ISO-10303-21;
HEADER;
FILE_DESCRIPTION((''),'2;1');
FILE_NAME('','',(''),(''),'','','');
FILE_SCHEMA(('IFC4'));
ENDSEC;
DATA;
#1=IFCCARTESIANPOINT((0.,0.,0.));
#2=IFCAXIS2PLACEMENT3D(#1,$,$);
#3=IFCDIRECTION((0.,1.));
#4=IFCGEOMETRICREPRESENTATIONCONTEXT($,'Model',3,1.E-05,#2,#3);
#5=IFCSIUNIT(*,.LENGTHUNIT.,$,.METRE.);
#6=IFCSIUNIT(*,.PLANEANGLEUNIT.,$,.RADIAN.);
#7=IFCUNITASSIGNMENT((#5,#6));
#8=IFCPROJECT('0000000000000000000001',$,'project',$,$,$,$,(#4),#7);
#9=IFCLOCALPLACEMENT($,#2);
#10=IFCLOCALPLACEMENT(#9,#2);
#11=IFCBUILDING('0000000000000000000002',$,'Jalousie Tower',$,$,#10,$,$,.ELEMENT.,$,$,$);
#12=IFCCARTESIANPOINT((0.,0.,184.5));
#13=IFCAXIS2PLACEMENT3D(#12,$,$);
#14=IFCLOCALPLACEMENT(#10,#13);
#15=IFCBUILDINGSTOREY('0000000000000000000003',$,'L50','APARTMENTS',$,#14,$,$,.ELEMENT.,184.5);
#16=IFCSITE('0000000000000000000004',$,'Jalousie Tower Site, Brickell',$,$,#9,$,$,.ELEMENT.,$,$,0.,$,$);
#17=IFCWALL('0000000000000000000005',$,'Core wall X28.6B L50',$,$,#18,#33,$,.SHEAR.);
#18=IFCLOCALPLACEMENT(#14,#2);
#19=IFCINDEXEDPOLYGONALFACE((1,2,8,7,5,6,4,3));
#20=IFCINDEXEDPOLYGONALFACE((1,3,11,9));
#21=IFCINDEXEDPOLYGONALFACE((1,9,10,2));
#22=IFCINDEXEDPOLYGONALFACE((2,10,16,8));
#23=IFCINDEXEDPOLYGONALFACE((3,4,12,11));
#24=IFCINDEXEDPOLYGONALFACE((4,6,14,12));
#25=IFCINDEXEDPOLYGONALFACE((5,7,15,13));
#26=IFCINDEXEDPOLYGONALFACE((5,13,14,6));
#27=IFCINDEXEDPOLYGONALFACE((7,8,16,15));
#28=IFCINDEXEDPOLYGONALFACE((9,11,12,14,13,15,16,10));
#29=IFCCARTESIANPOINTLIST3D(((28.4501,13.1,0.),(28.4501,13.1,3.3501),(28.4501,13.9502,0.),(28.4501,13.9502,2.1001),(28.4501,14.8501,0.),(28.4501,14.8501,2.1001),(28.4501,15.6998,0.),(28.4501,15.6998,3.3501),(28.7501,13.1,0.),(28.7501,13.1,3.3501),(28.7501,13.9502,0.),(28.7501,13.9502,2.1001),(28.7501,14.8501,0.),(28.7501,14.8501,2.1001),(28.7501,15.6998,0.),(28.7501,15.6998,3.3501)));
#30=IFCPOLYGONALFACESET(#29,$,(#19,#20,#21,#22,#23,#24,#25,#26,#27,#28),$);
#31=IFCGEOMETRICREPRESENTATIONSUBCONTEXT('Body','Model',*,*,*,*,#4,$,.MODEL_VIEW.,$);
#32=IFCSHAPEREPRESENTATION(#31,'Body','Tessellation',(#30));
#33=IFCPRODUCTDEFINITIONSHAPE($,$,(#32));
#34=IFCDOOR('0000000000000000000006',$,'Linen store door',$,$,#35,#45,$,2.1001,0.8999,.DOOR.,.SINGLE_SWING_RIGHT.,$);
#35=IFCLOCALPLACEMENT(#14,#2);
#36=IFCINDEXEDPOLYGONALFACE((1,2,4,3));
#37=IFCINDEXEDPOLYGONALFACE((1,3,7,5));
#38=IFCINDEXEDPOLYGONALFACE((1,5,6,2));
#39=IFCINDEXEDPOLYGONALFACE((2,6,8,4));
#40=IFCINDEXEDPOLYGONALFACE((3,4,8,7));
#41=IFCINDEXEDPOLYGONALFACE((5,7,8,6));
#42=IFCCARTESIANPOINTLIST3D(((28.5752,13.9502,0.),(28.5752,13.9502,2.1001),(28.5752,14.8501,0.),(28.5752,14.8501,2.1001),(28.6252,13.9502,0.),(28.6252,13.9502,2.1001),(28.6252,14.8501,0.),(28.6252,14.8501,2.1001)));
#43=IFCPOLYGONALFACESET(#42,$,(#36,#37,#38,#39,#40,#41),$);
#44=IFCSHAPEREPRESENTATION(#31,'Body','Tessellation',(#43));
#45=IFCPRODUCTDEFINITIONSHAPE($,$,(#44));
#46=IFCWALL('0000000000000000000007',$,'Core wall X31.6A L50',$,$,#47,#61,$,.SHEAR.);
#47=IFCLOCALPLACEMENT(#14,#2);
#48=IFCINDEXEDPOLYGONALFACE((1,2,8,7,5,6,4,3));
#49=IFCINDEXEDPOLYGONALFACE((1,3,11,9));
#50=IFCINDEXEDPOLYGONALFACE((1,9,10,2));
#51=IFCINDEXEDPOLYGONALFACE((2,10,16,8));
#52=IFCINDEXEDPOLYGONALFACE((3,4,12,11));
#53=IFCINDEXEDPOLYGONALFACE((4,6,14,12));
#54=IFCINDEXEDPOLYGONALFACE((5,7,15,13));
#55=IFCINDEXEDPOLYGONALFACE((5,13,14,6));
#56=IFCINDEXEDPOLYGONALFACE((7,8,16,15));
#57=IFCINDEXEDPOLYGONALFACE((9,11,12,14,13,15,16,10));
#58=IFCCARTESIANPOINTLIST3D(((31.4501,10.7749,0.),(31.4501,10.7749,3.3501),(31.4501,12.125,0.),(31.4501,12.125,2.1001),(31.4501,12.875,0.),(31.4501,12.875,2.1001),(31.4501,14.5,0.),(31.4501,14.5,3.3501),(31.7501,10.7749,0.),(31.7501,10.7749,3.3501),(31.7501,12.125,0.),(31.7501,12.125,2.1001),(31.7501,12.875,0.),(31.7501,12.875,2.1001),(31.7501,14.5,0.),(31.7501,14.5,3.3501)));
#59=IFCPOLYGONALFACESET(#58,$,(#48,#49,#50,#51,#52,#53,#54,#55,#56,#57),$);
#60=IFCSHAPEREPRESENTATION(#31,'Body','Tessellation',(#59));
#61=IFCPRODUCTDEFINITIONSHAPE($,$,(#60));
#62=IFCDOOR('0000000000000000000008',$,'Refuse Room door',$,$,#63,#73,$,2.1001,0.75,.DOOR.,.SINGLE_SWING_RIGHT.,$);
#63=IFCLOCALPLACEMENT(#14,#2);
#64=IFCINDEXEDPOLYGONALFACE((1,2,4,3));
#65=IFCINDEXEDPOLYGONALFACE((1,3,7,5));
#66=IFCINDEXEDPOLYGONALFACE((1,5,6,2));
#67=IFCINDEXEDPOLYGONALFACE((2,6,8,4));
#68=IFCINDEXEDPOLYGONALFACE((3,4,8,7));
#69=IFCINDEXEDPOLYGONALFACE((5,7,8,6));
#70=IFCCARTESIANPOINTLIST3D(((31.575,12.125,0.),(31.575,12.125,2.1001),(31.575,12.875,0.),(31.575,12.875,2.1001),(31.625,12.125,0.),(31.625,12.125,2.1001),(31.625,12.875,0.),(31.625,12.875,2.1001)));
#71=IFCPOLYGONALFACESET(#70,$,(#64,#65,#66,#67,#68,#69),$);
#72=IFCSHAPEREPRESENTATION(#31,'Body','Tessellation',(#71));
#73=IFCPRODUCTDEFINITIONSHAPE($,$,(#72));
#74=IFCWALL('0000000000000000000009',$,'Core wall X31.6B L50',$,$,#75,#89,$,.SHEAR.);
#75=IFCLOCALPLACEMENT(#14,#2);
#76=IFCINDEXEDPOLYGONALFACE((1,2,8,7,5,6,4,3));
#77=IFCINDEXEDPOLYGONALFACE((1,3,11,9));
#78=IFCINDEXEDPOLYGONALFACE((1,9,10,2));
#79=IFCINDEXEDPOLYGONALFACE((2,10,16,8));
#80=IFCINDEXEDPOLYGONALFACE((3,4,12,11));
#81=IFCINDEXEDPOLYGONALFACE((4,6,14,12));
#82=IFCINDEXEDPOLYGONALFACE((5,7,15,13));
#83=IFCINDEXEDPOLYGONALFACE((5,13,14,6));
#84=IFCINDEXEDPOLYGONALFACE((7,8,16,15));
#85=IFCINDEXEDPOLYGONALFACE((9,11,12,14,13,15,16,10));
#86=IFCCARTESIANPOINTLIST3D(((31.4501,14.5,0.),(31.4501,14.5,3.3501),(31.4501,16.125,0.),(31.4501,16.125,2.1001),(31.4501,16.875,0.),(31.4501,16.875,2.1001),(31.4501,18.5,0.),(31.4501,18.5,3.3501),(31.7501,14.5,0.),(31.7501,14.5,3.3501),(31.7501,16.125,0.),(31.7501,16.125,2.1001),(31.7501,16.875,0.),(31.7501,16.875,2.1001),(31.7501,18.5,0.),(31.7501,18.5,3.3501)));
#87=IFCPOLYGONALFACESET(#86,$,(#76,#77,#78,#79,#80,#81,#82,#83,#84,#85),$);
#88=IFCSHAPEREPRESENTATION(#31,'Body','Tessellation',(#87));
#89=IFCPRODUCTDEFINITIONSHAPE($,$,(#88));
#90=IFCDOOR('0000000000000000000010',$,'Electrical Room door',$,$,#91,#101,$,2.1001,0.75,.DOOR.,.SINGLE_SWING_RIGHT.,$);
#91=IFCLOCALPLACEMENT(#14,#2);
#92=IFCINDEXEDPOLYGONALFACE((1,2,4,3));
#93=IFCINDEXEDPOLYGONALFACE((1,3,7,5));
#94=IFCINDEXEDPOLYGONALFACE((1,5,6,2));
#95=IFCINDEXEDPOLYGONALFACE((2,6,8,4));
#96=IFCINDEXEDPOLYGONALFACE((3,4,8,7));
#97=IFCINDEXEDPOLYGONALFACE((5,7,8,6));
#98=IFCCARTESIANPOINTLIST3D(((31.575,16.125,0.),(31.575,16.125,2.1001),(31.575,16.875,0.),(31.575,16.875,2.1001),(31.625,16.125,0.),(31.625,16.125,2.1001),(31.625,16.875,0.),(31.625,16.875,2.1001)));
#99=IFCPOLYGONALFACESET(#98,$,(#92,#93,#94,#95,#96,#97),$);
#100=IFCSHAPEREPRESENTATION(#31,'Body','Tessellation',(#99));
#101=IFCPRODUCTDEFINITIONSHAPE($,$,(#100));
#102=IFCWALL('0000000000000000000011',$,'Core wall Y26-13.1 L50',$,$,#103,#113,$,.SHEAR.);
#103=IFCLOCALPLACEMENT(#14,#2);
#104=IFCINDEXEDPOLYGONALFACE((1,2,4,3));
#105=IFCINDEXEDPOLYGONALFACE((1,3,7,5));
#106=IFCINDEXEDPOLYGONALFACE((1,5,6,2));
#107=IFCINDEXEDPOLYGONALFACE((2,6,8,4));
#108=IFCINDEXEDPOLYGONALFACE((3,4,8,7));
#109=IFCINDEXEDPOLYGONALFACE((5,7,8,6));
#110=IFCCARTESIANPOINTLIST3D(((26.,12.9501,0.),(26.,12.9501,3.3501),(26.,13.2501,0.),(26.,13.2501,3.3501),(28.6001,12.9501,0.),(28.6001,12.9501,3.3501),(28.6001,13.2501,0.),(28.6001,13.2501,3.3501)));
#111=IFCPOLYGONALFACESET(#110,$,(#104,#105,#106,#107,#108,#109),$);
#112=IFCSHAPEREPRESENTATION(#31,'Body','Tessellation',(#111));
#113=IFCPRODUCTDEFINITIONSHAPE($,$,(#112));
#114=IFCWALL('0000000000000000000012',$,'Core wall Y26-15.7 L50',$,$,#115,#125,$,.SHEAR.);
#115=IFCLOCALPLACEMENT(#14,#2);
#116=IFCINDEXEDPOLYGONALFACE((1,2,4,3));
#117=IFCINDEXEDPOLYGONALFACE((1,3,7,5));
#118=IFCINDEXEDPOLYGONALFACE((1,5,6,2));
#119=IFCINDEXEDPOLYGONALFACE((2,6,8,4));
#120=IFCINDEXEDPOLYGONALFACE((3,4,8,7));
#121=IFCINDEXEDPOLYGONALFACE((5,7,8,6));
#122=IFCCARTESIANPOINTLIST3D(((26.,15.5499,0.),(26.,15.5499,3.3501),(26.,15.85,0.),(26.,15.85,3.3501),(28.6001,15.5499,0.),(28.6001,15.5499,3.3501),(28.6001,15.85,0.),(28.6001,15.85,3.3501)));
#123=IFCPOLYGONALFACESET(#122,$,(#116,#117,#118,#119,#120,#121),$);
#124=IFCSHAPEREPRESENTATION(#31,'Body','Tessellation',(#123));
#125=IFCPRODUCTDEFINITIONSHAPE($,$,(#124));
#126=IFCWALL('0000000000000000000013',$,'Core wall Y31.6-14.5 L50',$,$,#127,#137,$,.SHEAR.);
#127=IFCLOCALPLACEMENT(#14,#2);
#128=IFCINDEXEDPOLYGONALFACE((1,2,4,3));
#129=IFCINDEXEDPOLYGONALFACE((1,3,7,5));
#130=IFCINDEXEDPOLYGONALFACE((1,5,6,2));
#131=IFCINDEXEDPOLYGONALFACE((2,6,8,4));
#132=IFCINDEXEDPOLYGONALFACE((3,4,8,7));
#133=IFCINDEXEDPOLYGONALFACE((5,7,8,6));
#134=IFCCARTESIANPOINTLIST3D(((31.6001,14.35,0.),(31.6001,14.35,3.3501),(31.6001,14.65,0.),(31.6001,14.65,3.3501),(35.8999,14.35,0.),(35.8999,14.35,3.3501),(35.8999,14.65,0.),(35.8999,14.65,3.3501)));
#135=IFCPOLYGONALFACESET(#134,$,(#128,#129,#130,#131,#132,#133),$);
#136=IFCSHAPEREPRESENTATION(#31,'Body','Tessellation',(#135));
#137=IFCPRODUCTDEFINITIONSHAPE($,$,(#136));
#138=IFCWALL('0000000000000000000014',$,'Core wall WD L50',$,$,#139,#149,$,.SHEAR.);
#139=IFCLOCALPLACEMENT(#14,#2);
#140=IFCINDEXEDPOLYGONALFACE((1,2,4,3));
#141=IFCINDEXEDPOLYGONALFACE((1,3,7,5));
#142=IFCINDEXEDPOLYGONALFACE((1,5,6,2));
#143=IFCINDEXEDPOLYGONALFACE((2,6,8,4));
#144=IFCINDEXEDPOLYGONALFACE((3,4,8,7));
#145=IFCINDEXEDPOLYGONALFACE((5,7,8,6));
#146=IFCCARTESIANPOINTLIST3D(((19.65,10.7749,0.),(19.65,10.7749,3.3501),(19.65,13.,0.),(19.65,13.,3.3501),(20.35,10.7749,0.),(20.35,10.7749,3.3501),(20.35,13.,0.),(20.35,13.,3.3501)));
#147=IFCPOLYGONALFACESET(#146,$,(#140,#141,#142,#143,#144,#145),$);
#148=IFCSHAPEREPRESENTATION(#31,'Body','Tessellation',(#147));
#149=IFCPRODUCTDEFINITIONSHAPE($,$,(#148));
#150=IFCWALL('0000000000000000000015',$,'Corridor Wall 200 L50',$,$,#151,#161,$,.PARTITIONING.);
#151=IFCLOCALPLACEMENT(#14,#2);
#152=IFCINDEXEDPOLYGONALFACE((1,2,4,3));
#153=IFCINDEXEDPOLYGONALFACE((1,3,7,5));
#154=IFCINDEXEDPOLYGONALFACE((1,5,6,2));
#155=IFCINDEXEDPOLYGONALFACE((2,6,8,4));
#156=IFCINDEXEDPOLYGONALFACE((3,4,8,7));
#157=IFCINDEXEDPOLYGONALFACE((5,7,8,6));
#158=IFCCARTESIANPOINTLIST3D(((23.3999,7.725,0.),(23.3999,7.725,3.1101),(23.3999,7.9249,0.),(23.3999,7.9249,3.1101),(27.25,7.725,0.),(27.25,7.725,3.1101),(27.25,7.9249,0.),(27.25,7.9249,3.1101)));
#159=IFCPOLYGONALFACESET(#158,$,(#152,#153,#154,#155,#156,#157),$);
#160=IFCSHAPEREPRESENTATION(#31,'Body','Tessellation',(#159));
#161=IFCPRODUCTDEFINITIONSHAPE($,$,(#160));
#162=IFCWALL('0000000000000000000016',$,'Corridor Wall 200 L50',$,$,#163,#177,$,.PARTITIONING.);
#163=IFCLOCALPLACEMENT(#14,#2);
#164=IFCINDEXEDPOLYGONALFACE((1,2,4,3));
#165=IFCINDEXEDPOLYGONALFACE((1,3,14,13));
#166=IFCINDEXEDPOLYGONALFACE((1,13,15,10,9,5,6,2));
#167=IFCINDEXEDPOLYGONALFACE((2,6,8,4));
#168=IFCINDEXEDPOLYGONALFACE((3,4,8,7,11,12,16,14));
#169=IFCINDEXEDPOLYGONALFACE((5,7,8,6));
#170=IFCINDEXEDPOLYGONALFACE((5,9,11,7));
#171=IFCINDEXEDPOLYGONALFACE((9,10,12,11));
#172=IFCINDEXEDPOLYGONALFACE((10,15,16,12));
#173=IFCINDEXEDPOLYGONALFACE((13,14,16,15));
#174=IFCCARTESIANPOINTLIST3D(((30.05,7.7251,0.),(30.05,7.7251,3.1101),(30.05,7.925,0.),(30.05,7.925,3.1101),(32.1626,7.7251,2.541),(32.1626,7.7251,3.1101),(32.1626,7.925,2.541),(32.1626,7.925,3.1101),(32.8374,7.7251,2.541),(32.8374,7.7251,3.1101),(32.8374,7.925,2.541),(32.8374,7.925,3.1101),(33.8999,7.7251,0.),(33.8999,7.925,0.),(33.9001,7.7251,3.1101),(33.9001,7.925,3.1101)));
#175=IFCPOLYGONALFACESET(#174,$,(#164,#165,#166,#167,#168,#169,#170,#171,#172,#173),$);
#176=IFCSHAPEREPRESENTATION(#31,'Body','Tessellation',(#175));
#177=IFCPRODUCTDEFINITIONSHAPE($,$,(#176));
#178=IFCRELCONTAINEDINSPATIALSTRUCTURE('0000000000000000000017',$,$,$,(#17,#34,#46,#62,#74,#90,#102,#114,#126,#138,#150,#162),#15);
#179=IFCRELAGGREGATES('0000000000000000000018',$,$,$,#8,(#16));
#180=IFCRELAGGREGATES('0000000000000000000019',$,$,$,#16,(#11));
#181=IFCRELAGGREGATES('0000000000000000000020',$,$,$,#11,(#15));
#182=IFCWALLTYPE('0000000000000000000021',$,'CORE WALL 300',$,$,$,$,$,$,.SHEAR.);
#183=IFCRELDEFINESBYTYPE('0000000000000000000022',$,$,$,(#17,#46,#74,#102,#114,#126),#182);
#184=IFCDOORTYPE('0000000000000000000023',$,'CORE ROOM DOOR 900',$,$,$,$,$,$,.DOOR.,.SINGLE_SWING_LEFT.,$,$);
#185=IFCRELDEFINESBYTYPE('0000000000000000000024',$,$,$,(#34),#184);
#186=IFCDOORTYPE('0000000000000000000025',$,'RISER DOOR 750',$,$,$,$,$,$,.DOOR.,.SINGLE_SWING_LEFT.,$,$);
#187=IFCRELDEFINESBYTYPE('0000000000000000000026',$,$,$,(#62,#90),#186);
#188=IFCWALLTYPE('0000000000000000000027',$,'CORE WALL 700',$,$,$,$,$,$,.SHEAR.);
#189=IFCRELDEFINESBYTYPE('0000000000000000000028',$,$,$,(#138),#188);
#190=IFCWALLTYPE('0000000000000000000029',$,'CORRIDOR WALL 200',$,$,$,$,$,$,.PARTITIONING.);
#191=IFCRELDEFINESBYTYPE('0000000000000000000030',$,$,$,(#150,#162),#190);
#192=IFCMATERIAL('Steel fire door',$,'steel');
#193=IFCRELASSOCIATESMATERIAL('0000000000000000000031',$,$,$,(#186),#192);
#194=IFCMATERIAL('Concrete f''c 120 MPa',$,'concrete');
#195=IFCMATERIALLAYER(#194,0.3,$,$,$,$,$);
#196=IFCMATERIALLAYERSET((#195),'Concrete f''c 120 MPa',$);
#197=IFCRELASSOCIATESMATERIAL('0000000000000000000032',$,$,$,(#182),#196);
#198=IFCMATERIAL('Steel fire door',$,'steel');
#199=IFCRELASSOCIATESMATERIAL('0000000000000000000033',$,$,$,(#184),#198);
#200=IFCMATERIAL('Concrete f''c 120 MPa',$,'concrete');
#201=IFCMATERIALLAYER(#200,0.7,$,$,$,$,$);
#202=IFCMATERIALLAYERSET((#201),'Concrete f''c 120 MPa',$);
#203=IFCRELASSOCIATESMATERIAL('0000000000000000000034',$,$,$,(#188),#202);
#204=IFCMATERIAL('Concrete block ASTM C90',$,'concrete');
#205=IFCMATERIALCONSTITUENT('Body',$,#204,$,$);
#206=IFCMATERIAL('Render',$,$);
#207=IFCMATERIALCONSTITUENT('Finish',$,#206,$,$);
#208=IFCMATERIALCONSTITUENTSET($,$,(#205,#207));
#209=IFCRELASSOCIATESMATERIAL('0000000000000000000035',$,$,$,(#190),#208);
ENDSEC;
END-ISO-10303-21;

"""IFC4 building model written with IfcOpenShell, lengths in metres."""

from ifc_helpers import new_model, si_unit, direction, frame, frame_2d, origin, place, context, subcontext, project, spatial, polyline, rectangle, outline, extrude, material, layer, layer_set, constituent, constituent_set, type_object, element, fill, save


model = new_model("IFC4")

# Units and contexts
model_context = context("Model", 3, precision=1e-05, world=origin(), true_north=direction((0.0, 1.0)))
body_context = subcontext(model_context, "Body", "Model", "MODEL_VIEW")
ifc_project = project(units=[si_unit("LENGTHUNIT", "METRE"), si_unit("PLANEANGLEUNIT", "RADIAN")], contexts=[model_context])

# Site, building, storey
site_placement = place(None, origin())
site = spatial("IfcSite", under=ifc_project, at=site_placement, Name="Jalousie Tower Site, Brickell", CompositionType="ELEMENT", RefElevation=0.0)
building_placement = place(site_placement, origin())
building = spatial("IfcBuilding", under=site, at=building_placement, Name="Jalousie Tower", CompositionType="ELEMENT")
storey_placement = place(building_placement, frame((0.0, 0.0, 184.5)))
storey = spatial("IfcBuildingStorey", under=building, at=storey_placement, Name="L50", Description="APARTMENTS", CompositionType="ELEMENT", Elevation=184.5)

# Shared definitions
ifc_material_1 = material(Name="Steel fire door", Category="steel")
door_type_1 = type_object("IfcDoorType", Name="RISER DOOR 750", OperationType="SINGLE_SWING_LEFT", PredefinedType="DOOR", material=ifc_material_1)

# Shared definitions
ifc_material_2 = material(Name="Concrete f'c 120 MPa", Category="concrete")
ifc_layer_1 = layer(ifc_material_2, 0.3)
ifc_layer_set_1 = layer_set([ifc_layer_1], Name="Concrete f'c 120 MPa")
wall_type_1 = type_object("IfcWallType", Name="CORE WALL 300", PredefinedType="SHEAR", material=ifc_layer_set_1)

# Walls, openings, doors
ifc_material_3 = material(Name="Steel fire door", Category="steel")
door_type_2 = type_object("IfcDoorType", Name="CORE ROOM DOOR 900", OperationType="SINGLE_SWING_LEFT", PredefinedType="DOOR", material=ifc_material_3)
wall_1_placement = place(storey_placement, frame((28.6001, 13.1001, 0.0), z_axis=(0.0, 0.0, 1.0), x_axis=(0.0, 1.0, 0.0)))
wall_1 = element("IfcWall", 1, at=wall_1_placement, inside=storey, type_object=wall_type_1, Name="Core wall X28.6B L50", PredefinedType="SHEAR", context=body_context, shape_type="SweptSolid", body=[
    extrude(rectangle(XDim=2.5999, YDim=0.3, at=frame_2d((1.2998, 0.0))), origin(), (0.0, 0.0, 1.0), 3.3501),
])
opening_1_placement = place(wall_1_placement, frame((0.8501, 0.0, 0.0)))
opening_1 = element("IfcOpeningElement", 2, at=opening_1_placement, cuts=wall_1, PredefinedType="OPENING", context=body_context, shape_type="SweptSolid", body=[
    extrude(rectangle(XDim=0.8999, YDim=2.1001, at=frame_2d((0.45, 1.05))), frame((0.0, 0.1599, 0.0), z_axis=(0.0, -1.0, 0.0), x_axis=(1.0, 0.0, 0.0)), (0.0, 0.0, 1.0), 0.3201),
])
door_1_placement = place(opening_1_placement, origin())
door_1 = element("IfcDoor", 3, at=door_1_placement, inside=storey, type_object=door_type_2, Name="Linen store door", OperationType="SINGLE_SWING_RIGHT", OverallHeight=2.1001, OverallWidth=0.8999, PredefinedType="DOOR", context=body_context, shape_type="SweptSolid", body=[
    extrude(rectangle(XDim=0.8999, YDim=2.1001, at=frame_2d((0.45, 1.05))), frame((0.0, 0.0249, 0.0), z_axis=(0.0, -1.0, 0.0), x_axis=(1.0, 0.0, 0.0)), (0.0, 0.0, 1.0), 0.05),
])
fill(opening_1, door_1)
wall_2_placement = place(storey_placement, frame((31.6001, 10.7749, 0.0), z_axis=(0.0, 0.0, 1.0), x_axis=(0.0, 1.0, 0.0)))
wall_2 = element("IfcWall", 4, at=wall_2_placement, inside=storey, type_object=wall_type_1, Name="Core wall X31.6A L50", PredefinedType="SHEAR", context=body_context, shape_type="SweptSolid", body=[
    extrude(rectangle(XDim=3.7251, YDim=0.3, at=frame_2d((1.8625, 0.0))), origin(), (0.0, 0.0, 1.0), 3.3501),
])
opening_2_placement = place(wall_2_placement, frame((1.3501, 0.0, 0.0)))
opening_2 = element("IfcOpeningElement", 5, at=opening_2_placement, cuts=wall_2, PredefinedType="OPENING", context=body_context, shape_type="SweptSolid", body=[
    extrude(rectangle(XDim=0.75, YDim=2.1001, at=frame_2d((0.375, 1.05))), frame((0.0, 0.1599, 0.0), z_axis=(0.0, -1.0, 0.0), x_axis=(1.0, 0.0, 0.0)), (0.0, 0.0, 1.0), 0.3201),
])
door_2_placement = place(opening_2_placement, frame((0.75, 0.0, 0.0), z_axis=(0.0, 0.0, 1.0), x_axis=(-1.0, 0.0, 0.0)))
door_2 = element("IfcDoor", 6, at=door_2_placement, inside=storey, type_object=door_type_1, Name="Refuse Room door", OperationType="SINGLE_SWING_RIGHT", OverallHeight=2.1001, OverallWidth=0.75, PredefinedType="DOOR", context=body_context, shape_type="SweptSolid", body=[
    extrude(rectangle(XDim=0.75, YDim=2.1001, at=frame_2d((0.375, 1.05))), frame((0.0, 0.0249, 0.0), z_axis=(0.0, -1.0, 0.0), x_axis=(1.0, 0.0, 0.0)), (0.0, 0.0, 1.0), 0.05),
])
fill(opening_2, door_2)
wall_3_placement = place(storey_placement, frame((31.6001, 14.5, 0.0), z_axis=(0.0, 0.0, 1.0), x_axis=(0.0, 1.0, 0.0)))
wall_3 = element("IfcWall", 7, at=wall_3_placement, inside=storey, type_object=wall_type_1, Name="Core wall X31.6B L50", PredefinedType="SHEAR", context=body_context, shape_type="SweptSolid", body=[
    extrude(rectangle(XDim=4.0, YDim=0.3, at=frame_2d((2.0, 0.0))), origin(), (0.0, 0.0, 1.0), 3.3501),
])
opening_3_placement = place(wall_3_placement, frame((1.625, 0.0, 0.0)))
opening_3 = element("IfcOpeningElement", 8, at=opening_3_placement, cuts=wall_3, PredefinedType="OPENING", context=body_context, shape_type="SweptSolid", body=[
    extrude(rectangle(XDim=0.75, YDim=2.1001, at=frame_2d((0.375, 1.05))), frame((0.0, 0.1599, 0.0), z_axis=(0.0, -1.0, 0.0), x_axis=(1.0, 0.0, 0.0)), (0.0, 0.0, 1.0), 0.3201),
])
door_3_placement = place(opening_3_placement, frame((0.75, 0.0, 0.0), z_axis=(0.0, 0.0, 1.0), x_axis=(-1.0, 0.0, 0.0)))
door_3 = element("IfcDoor", 9, at=door_3_placement, inside=storey, type_object=door_type_1, Name="Electrical Room door", OperationType="SINGLE_SWING_RIGHT", OverallHeight=2.1001, OverallWidth=0.75, PredefinedType="DOOR", context=body_context, shape_type="SweptSolid", body=[
    extrude(rectangle(XDim=0.75, YDim=2.1001, at=frame_2d((0.375, 1.05))), frame((0.0, 0.0249, 0.0), z_axis=(0.0, -1.0, 0.0), x_axis=(1.0, 0.0, 0.0)), (0.0, 0.0, 1.0), 0.05),
])
fill(opening_3, door_3)

# Walls
for number, where, z_axis, x_axis, name in (
    (10, (26.0, 13.1001, 0.0), (0.0, 0.0, 1.0), (1.0, 0.0, 0.0), "Core wall Y26-13.1 L50"),
    (11, (26.0, 15.7, 0.0), (0.0, 0.0, 1.0), (1.0, 0.0, 0.0), "Core wall Y26-15.7 L50"),
):
    element("IfcWall", number, at=place(storey_placement, frame(where, z_axis=z_axis, x_axis=x_axis)), inside=storey, type_object=wall_type_1, Name=name, PredefinedType="SHEAR", context=body_context, shape_type="SweptSolid", body=[
        extrude(rectangle(XDim=2.6001, YDim=0.3, at=frame_2d((1.3, 0.0))), origin(), (0.0, 0.0, 1.0), 3.3501),
    ])
wall_4_placement = place(storey_placement, frame((31.6001, 14.5, 0.0), z_axis=(0.0, 0.0, 1.0), x_axis=(1.0, 0.0, 0.0)))
element("IfcWall", 12, at=wall_4_placement, inside=storey, type_object=wall_type_1, Name="Core wall Y31.6-14.5 L50", PredefinedType="SHEAR", context=body_context, shape_type="SweptSolid", body=[
    extrude(rectangle(XDim=4.2998, YDim=0.3, at=frame_2d((2.1499, 0.0))), origin(), (0.0, 0.0, 1.0), 3.3501),
])
ifc_material_4 = material(Name="Concrete f'c 120 MPa", Category="concrete")
ifc_layer_2 = layer(ifc_material_4, 0.7)
ifc_layer_set_2 = layer_set([ifc_layer_2], Name="Concrete f'c 120 MPa")
wall_type_2 = type_object("IfcWallType", Name="CORE WALL 700", PredefinedType="SHEAR", material=ifc_layer_set_2)
wall_5_placement = place(storey_placement, frame((20.0, 13.0, 0.0), z_axis=(0.0, 0.0, 1.0), x_axis=(0.0, -1.0, 0.0)))
element("IfcWall", 13, at=wall_5_placement, inside=storey, type_object=wall_type_2, Name="Core wall WD L50", PredefinedType="SHEAR", context=body_context, shape_type="SweptSolid", body=[
    extrude(rectangle(XDim=2.2251, YDim=0.7, at=frame_2d((1.1125, 0.0))), origin(), (0.0, 0.0, 1.0), 3.3501),
])
ifc_material_5 = material(Name="Concrete block ASTM C90", Category="concrete")
ifc_constituent_1 = constituent(ifc_material_5, Name="Body")
ifc_material_6 = material(Name="Render")
ifc_constituent_2 = constituent(ifc_material_6, Name="Finish")
ifc_constituent_set_1 = constituent_set(constituents=[ifc_constituent_1, ifc_constituent_2])
wall_type_3 = type_object("IfcWallType", Name="CORRIDOR WALL 200", PredefinedType="PARTITIONING", material=ifc_constituent_set_1)
wall_6_placement = place(storey_placement, frame((23.3999, 7.825, 0.0), z_axis=(0.0, 0.0, 1.0), x_axis=(1.0, 0.0, 0.0)))
element("IfcWall", 14, at=wall_6_placement, inside=storey, type_object=wall_type_3, Name="Corridor Wall 200 L50", PredefinedType="PARTITIONING", context=body_context, shape_type="SweptSolid", body=[
    extrude(rectangle(XDim=3.8501, YDim=0.2, at=frame_2d((1.925, 0.0))), origin(), (0.0, 0.0, 1.0), 3.1101),
])
wall_7_placement = place(storey_placement, frame((30.05, 7.825, 0.0), z_axis=(0.0, 0.0, 1.0), x_axis=(1.0, 0.0, 0.0)))
element("IfcWall", 15, at=wall_7_placement, inside=storey, type_object=wall_type_3, Name="Corridor Wall 200 L50", PredefinedType="PARTITIONING", context=body_context, shape_type="SweptSolid", body=[
    extrude(outline(polyline([(0.0, 0.0), (3.8499, 0.0), (3.8501, 3.1101), (2.7874, 3.1101), (2.7874, 2.541), (2.1125, 2.541), (2.1125, 3.1101), (0.0, 3.1101), (0.0, 0.0)])), frame((0.0, 0.1001, 0.0), z_axis=(0.0, -1.0, 0.0), x_axis=(1.0, 0.0, 0.0)), (0.0, 0.0, 1.0), 0.2),
])

save(model, "model.ifc")
